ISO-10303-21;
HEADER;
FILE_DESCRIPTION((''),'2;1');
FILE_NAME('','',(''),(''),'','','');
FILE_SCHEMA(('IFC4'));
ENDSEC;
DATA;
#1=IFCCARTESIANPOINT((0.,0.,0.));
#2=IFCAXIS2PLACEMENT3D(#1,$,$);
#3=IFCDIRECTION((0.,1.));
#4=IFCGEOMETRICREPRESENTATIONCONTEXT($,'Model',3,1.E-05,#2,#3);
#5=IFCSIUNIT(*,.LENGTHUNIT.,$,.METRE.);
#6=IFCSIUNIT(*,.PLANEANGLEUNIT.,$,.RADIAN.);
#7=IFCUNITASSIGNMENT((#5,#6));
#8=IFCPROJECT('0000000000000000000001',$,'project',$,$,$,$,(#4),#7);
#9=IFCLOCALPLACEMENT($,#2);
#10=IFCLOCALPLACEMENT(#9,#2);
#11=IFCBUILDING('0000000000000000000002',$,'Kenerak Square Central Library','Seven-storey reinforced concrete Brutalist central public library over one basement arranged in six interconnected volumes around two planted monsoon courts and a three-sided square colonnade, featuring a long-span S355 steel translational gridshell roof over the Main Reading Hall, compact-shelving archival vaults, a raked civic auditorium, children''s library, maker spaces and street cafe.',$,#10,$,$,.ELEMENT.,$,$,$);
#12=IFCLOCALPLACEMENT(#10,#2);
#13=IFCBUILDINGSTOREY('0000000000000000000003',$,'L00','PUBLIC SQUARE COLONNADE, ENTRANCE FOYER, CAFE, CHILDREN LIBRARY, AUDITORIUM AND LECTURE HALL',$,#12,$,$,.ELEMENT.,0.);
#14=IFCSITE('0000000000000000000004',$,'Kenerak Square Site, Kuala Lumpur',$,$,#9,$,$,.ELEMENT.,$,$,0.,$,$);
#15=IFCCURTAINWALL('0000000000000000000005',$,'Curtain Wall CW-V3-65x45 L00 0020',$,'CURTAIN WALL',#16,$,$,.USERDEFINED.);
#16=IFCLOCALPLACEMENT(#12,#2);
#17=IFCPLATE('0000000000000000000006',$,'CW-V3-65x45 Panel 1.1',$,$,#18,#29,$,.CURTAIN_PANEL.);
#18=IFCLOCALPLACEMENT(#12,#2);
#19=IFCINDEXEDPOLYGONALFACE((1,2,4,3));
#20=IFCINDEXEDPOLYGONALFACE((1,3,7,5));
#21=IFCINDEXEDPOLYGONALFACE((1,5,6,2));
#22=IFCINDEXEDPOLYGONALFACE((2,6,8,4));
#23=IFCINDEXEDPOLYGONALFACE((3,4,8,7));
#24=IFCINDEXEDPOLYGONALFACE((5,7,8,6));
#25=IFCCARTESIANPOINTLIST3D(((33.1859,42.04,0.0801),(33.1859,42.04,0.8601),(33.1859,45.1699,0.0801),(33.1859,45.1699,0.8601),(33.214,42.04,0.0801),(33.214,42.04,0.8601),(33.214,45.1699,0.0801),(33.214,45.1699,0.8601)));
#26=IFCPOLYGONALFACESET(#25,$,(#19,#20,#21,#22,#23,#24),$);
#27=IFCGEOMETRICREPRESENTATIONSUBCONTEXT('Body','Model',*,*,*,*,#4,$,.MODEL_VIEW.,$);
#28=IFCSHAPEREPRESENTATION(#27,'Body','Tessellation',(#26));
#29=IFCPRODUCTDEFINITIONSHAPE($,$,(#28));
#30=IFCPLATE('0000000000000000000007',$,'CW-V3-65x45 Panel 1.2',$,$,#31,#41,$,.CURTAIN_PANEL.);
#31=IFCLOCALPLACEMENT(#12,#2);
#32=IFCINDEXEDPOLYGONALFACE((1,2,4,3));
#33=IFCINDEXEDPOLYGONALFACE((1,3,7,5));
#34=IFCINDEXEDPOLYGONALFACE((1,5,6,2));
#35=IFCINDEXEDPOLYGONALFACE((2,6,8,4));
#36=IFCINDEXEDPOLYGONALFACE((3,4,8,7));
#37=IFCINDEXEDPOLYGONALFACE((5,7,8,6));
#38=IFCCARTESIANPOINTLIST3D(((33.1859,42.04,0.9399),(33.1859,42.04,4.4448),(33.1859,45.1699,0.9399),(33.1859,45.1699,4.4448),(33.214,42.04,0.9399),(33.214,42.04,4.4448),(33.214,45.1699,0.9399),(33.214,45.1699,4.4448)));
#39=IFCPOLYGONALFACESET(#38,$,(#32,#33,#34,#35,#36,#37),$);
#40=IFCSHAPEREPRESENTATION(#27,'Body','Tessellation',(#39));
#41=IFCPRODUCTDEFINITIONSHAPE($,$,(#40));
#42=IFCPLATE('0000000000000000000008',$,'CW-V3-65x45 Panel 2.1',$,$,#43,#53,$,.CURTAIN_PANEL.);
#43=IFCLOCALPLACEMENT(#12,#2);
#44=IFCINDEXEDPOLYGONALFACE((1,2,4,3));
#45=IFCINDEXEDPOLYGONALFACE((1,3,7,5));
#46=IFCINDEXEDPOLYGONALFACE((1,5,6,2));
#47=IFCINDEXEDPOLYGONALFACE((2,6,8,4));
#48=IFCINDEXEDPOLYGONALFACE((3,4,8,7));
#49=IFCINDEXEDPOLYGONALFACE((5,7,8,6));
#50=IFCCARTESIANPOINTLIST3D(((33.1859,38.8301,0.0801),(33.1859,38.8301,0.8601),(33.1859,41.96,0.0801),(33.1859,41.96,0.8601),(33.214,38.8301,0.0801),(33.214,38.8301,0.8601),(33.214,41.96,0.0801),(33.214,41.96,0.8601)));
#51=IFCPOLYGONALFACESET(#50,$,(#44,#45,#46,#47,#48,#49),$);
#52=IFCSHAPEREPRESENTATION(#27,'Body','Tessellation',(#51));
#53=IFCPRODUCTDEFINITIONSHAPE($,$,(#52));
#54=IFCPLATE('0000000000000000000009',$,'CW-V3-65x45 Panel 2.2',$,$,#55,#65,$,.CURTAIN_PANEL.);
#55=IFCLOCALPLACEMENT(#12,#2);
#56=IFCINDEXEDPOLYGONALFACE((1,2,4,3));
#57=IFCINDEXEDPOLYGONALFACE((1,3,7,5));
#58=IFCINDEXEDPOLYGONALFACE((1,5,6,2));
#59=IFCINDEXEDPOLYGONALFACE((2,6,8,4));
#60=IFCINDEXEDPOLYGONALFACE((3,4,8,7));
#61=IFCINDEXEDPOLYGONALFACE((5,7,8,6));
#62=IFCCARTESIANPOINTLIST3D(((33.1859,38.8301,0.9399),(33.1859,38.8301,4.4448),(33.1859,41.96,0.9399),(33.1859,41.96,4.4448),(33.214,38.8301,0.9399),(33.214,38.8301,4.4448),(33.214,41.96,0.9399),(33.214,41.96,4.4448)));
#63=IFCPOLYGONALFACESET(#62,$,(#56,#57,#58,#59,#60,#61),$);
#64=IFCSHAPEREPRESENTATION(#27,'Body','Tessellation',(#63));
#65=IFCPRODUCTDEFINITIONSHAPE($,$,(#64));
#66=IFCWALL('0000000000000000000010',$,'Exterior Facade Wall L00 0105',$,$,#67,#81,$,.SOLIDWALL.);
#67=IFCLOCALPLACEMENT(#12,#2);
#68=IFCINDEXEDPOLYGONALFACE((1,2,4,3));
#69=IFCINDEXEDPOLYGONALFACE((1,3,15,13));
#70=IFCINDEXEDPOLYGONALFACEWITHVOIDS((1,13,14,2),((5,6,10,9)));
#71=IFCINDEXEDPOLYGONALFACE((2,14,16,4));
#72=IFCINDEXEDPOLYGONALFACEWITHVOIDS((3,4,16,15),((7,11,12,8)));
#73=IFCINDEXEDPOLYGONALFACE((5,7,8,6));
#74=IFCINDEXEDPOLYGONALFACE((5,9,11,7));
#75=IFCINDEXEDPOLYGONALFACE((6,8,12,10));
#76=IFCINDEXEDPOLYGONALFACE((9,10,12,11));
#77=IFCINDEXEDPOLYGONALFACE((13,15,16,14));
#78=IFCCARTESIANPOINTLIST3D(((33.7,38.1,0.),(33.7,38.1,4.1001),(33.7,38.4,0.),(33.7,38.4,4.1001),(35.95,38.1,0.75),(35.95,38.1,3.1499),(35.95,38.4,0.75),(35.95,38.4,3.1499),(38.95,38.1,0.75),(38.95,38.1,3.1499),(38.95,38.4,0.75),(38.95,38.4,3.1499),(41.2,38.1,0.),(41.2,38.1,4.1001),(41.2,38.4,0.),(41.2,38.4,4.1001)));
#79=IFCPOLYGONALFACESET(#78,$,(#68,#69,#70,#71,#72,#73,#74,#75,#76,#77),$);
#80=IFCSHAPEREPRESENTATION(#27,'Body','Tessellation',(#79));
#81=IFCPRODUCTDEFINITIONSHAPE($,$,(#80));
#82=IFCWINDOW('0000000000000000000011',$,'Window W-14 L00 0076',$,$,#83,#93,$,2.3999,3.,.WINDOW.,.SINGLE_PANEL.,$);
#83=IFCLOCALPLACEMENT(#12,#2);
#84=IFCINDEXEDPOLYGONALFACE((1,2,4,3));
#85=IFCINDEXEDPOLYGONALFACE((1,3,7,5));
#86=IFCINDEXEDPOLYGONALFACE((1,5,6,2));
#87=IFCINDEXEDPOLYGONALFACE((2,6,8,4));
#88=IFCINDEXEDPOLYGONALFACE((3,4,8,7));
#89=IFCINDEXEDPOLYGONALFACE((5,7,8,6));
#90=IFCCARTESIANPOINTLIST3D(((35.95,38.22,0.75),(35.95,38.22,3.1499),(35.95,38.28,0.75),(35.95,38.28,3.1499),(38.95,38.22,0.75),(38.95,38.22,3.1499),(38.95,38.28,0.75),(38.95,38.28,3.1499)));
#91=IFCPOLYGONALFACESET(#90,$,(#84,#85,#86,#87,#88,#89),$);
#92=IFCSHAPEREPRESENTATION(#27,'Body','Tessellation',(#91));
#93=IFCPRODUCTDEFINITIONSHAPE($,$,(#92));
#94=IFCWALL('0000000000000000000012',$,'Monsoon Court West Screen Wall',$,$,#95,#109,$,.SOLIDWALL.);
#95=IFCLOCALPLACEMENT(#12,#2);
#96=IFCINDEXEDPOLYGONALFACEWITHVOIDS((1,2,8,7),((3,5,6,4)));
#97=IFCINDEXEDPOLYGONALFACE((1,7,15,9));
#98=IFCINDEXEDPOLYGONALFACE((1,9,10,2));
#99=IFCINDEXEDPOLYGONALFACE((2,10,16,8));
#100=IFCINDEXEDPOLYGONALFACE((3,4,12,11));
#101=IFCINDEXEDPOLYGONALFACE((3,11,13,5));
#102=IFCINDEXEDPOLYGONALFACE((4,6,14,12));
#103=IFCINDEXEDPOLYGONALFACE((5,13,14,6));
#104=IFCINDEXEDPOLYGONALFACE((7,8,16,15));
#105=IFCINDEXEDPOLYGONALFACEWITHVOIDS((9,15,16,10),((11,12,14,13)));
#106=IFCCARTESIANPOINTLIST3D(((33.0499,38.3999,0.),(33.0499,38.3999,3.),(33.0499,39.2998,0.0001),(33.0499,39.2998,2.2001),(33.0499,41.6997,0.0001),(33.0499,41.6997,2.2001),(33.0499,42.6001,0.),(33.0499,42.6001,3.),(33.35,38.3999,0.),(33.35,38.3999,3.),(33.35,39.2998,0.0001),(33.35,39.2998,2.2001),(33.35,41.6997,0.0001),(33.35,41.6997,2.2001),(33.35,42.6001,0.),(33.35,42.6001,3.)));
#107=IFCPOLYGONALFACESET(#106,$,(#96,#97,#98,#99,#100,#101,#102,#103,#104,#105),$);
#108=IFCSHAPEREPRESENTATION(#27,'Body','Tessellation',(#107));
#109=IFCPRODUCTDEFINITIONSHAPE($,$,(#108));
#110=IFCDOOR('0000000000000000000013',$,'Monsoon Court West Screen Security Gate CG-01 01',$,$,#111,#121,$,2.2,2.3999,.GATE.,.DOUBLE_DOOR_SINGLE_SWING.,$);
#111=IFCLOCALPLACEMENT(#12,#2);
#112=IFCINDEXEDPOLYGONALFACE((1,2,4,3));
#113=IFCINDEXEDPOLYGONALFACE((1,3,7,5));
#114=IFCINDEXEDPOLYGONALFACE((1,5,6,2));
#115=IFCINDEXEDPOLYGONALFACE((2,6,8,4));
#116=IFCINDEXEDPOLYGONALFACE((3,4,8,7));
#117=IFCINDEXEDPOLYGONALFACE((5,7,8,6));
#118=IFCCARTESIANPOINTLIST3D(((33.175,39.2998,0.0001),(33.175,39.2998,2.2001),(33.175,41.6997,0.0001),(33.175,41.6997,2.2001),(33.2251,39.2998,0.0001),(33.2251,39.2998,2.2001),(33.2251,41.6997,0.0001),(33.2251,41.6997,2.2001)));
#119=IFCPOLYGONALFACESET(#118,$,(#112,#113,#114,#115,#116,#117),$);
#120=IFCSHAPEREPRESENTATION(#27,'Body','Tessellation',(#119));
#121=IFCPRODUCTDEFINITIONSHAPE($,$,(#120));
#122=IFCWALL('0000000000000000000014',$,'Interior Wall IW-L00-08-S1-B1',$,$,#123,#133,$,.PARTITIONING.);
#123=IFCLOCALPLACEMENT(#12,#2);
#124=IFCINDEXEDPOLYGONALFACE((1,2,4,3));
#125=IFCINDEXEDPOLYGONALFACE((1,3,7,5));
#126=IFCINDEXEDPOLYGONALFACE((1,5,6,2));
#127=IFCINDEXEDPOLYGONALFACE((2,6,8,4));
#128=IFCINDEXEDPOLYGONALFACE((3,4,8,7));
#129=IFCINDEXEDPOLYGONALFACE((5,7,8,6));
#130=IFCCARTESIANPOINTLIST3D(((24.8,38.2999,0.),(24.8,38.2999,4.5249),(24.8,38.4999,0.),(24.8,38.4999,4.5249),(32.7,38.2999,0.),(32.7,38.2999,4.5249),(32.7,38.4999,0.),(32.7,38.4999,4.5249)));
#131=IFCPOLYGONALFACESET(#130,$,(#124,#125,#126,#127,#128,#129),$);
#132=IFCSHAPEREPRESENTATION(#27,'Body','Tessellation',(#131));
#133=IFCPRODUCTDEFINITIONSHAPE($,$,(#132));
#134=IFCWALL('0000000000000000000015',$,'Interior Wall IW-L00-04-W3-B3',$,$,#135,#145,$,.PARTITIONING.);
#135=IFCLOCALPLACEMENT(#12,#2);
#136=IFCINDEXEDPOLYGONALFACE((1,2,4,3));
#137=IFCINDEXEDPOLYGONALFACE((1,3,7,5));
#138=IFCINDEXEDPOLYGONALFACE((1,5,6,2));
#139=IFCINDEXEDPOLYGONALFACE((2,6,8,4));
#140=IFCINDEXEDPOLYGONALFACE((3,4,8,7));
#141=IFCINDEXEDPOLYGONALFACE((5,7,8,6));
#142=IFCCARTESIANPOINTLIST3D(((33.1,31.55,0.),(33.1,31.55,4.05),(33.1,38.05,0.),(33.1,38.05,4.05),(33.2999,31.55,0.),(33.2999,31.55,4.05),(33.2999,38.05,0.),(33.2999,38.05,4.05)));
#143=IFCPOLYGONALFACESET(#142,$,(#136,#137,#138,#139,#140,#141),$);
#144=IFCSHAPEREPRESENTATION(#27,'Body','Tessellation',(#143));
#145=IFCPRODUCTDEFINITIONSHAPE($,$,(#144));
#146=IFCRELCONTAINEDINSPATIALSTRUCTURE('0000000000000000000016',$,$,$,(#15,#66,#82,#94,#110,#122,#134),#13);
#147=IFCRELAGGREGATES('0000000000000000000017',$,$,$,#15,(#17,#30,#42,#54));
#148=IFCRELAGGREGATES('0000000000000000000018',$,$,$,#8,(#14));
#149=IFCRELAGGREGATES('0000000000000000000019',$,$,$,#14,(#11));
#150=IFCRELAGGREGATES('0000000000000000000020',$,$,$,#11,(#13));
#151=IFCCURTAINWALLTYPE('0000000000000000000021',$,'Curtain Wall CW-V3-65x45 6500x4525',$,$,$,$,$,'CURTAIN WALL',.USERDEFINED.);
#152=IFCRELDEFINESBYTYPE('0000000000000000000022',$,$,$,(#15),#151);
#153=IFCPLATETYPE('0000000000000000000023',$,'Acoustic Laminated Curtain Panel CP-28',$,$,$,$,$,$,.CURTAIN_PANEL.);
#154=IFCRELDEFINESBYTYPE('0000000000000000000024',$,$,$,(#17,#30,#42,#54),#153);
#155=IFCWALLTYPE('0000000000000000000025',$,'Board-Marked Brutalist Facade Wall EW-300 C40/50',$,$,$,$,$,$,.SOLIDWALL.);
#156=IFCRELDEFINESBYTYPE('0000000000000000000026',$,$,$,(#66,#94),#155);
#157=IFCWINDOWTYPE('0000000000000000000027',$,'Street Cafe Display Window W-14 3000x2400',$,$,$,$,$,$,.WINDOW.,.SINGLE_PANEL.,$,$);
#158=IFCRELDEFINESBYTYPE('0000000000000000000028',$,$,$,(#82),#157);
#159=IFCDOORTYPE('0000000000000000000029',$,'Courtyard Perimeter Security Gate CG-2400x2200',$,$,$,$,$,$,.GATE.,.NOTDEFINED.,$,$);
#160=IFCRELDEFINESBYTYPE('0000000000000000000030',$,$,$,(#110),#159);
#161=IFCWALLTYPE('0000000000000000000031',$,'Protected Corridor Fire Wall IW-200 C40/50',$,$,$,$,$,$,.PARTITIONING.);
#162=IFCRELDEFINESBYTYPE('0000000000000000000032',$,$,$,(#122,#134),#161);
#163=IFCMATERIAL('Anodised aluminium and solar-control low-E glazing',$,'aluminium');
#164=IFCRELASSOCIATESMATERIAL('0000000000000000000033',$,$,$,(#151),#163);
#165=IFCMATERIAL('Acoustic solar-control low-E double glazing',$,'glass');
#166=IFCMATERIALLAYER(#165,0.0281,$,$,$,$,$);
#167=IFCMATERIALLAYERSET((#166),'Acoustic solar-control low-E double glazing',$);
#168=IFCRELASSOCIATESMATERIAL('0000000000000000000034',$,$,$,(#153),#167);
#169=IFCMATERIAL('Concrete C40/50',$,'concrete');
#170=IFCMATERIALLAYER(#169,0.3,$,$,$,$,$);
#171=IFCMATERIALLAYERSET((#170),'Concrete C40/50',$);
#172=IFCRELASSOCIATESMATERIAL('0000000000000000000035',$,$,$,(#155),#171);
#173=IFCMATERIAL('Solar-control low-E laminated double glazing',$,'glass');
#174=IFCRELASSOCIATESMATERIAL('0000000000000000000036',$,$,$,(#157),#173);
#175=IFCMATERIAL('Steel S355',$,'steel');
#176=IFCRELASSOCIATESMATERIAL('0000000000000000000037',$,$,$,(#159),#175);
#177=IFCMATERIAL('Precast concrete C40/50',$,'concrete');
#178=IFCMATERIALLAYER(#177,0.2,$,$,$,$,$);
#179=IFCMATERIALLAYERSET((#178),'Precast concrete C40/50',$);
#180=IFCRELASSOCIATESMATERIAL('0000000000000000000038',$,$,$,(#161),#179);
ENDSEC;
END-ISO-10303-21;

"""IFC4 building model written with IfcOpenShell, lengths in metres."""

from ifc_helpers import new_model, si_unit, direction, frame, frame_2d, origin, origin_2d, place, context, subcontext, project, spatial, rectangle, extrude, material, layer, layer_set, type_object, element, fill, aggregate, save


model = new_model("IFC4")

# Units and contexts
model_context = context("Model", 3, precision=1e-05, world=origin(), true_north=direction((0.0, 1.0)))
body_context = subcontext(model_context, "Body", "Model", "MODEL_VIEW")
ifc_project = project(units=[si_unit("LENGTHUNIT", "METRE"), si_unit("PLANEANGLEUNIT", "RADIAN")], contexts=[model_context])

# Site, building, storey
site_placement = place(None, origin())
site = spatial("IfcSite", under=ifc_project, at=site_placement, Name="Kenerak Square Site, Kuala Lumpur", CompositionType="ELEMENT", RefElevation=0.0)
building_placement = place(site_placement, origin())
building = spatial("IfcBuilding", under=site, at=building_placement, Name="Kenerak Square Central Library", Description="Seven-storey reinforced concrete Brutalist central public library over one basement arranged in six interconnected volumes around two planted monsoon courts and a three-sided square colonnade, featuring a long-span S355 steel translational gridshell roof over the Main Reading Hall, compact-shelving archival vaults, a raked civic auditorium, children's library, maker spaces and street cafe.", CompositionType="ELEMENT")
storey_placement = place(building_placement, origin())
storey = spatial("IfcBuildingStorey", under=building, at=storey_placement, Name="L00", Description="PUBLIC SQUARE COLONNADE, ENTRANCE FOYER, CAFE, CHILDREN LIBRARY, AUDITORIUM AND LECTURE HALL", CompositionType="ELEMENT", Elevation=0.0)

# Shared definitions
ifc_material_1 = material(Name="Concrete C40/50", Category="concrete")

# Curtain wall
ifc_material_2 = material(Name="Anodised aluminium and solar-control low-E glazing", Category="aluminium")
curtain_wall_type = type_object("IfcCurtainWallType", Name="Curtain Wall CW-V3-65x45 6500x4525", ElementType="CURTAIN WALL", PredefinedType="USERDEFINED", material=ifc_material_2)
curtain_wall_placement = place(storey_placement, origin())
curtain_wall = element("IfcCurtainWall", 1, at=curtain_wall_placement, inside=storey, type_object=curtain_wall_type, Name="Curtain Wall CW-V3-65x45 L00 0020", ObjectType="CURTAIN WALL", PredefinedType="USERDEFINED")

# Plates
ifc_material_3 = material(Name="Acoustic solar-control low-E double glazing", Category="glass")
ifc_layer_1 = layer(ifc_material_3, 0.0281)
ifc_layer_set_1 = layer_set([ifc_layer_1], Name="Acoustic solar-control low-E double glazing")
plate_type = type_object("IfcPlateType", Name="Acoustic Laminated Curtain Panel CP-28", PredefinedType="CURTAIN_PANEL", material=ifc_layer_set_1)
plate_1_placement = place(storey_placement, frame((33.2, 43.605, 0.0801), z_axis=(0.0, 0.0, 1.0), x_axis=(0.0, -1.0, 0.0)))
plate_1 = element("IfcPlate", 2, at=plate_1_placement, type_object=plate_type, Name="CW-V3-65x45 Panel 1.1", PredefinedType="CURTAIN_PANEL", context=body_context, shape_type="SweptSolid", body=[
    extrude(rectangle(XDim=3.1299, YDim=0.0281, at=origin_2d()), origin(), (0.0, 0.0, 1.0), 0.78),
])
plate_2_placement = place(storey_placement, frame((33.2, 43.605, 0.9399), z_axis=(0.0, 0.0, 1.0), x_axis=(0.0, -1.0, 0.0)))
plate_2 = element("IfcPlate", 3, at=plate_2_placement, type_object=plate_type, Name="CW-V3-65x45 Panel 1.2", PredefinedType="CURTAIN_PANEL", context=body_context, shape_type="SweptSolid", body=[
    extrude(rectangle(XDim=3.1299, YDim=0.0281, at=origin_2d()), origin(), (0.0, 0.0, 1.0), 3.5049),
])
plate_3_placement = place(storey_placement, frame((33.2, 40.395, 0.0801), z_axis=(0.0, 0.0, 1.0), x_axis=(0.0, -1.0, 0.0)))
plate_3 = element("IfcPlate", 4, at=plate_3_placement, type_object=plate_type, Name="CW-V3-65x45 Panel 2.1", PredefinedType="CURTAIN_PANEL", context=body_context, shape_type="SweptSolid", body=[
    extrude(rectangle(XDim=3.1299, YDim=0.0281, at=origin_2d()), origin(), (0.0, 0.0, 1.0), 0.78),
])
plate_4_placement = place(storey_placement, frame((33.2, 40.395, 0.9399), z_axis=(0.0, 0.0, 1.0), x_axis=(0.0, -1.0, 0.0)))
plate_4 = element("IfcPlate", 5, at=plate_4_placement, type_object=plate_type, Name="CW-V3-65x45 Panel 2.2", PredefinedType="CURTAIN_PANEL", context=body_context, shape_type="SweptSolid", body=[
    extrude(rectangle(XDim=3.1299, YDim=0.0281, at=origin_2d()), origin(), (0.0, 0.0, 1.0), 3.5049),
])
aggregate(curtain_wall, [plate_1, plate_2, plate_3, plate_4])

# Wall, opening, window
ifc_layer_2 = layer(ifc_material_1, 0.3)
ifc_layer_set_2 = layer_set([ifc_layer_2], Name="Concrete C40/50")
wall_type_1 = type_object("IfcWallType", Name="Board-Marked Brutalist Facade Wall EW-300 C40/50", PredefinedType="SOLIDWALL", material=ifc_layer_set_2)
wall_1_placement = place(storey_placement, frame((33.7, 38.25, 0.0), z_axis=(0.0, 0.0, 1.0), x_axis=(1.0, 0.0, 0.0)))
wall_1 = element("IfcWall", 6, at=wall_1_placement, inside=storey, type_object=wall_type_1, Name="Exterior Facade Wall L00 0105", PredefinedType="SOLIDWALL", context=body_context, shape_type="SweptSolid", body=[
    extrude(rectangle(XDim=7.5, YDim=0.3, at=frame_2d((3.75, 0.0))), origin(), (0.0, 0.0, 1.0), 4.1001),
])
opening_1_placement = place(wall_1_placement, frame((2.25, 0.0, 0.75)))
opening_1 = element("IfcOpeningElement", 7, at=opening_1_placement, cuts=wall_1, PredefinedType="OPENING", context=body_context, shape_type="SweptSolid", body=[
    extrude(rectangle(XDim=3.0, YDim=2.3999, at=frame_2d((1.5, 1.2))), frame((0.0, 0.1599, 0.0), z_axis=(0.0, -1.0, 0.0), x_axis=(1.0, 0.0, 0.0)), (0.0, 0.0, 1.0), 0.3201),
])
ifc_material_4 = material(Name="Solar-control low-E laminated double glazing", Category="glass")
window_type = type_object("IfcWindowType", Name="Street Cafe Display Window W-14 3000x2400", PartitioningType="SINGLE_PANEL", PredefinedType="WINDOW", material=ifc_material_4)
window_placement = place(opening_1_placement, origin())
window = element("IfcWindow", 8, at=window_placement, inside=storey, type_object=window_type, Name="Window W-14 L00 0076", OverallHeight=2.3999, OverallWidth=3.0, PartitioningType="SINGLE_PANEL", PredefinedType="WINDOW", context=body_context, shape_type="SweptSolid", body=[
    extrude(rectangle(XDim=3.0, YDim=2.3999, at=frame_2d((1.5, 1.2))), frame((0.0, 0.03, 0.0), z_axis=(0.0, -1.0, 0.0), x_axis=(1.0, 0.0, 0.0)), (0.0, 0.0, 1.0), 0.0601),
])
fill(opening_1, window)

# Wall, opening, door
wall_2_placement = place(storey_placement, frame((33.2, 38.3999, 0.0), z_axis=(0.0, 0.0, 1.0), x_axis=(0.0, 1.0, 0.0)))
wall_2 = element("IfcWall", 9, at=wall_2_placement, inside=storey, type_object=wall_type_1, Name="Monsoon Court West Screen Wall", PredefinedType="SOLIDWALL", context=body_context, shape_type="SweptSolid", body=[
    extrude(rectangle(XDim=4.2002, YDim=0.3, at=frame_2d((2.1001, 0.0))), origin(), (0.0, 0.0, 1.0), 3.0),
])
opening_2_placement = place(wall_2_placement, frame((0.8999, 0.0, 0.0)))
opening_2 = element("IfcOpeningElement", 10, at=opening_2_placement, cuts=wall_2, PredefinedType="OPENING", context=body_context, shape_type="SweptSolid", body=[
    extrude(rectangle(XDim=2.3999, YDim=2.2, at=frame_2d((1.2, 1.1001))), frame((0.0, 0.1599, 0.0), z_axis=(0.0, -1.0, 0.0), x_axis=(1.0, 0.0, 0.0)), (0.0, 0.0, 1.0), 0.3201),
])
ifc_material_5 = material(Name="Steel S355", Category="steel")
door_type = type_object("IfcDoorType", Name="Courtyard Perimeter Security Gate CG-2400x2200", OperationType="NOTDEFINED", PredefinedType="GATE", material=ifc_material_5)
door_placement = place(opening_2_placement, origin())
door = element("IfcDoor", 11, at=door_placement, inside=storey, type_object=door_type, Name="Monsoon Court West Screen Security Gate CG-01 01", OperationType="DOUBLE_DOOR_SINGLE_SWING", OverallHeight=2.2, OverallWidth=2.3999, PredefinedType="GATE", context=body_context, shape_type="SweptSolid", body=[
    extrude(rectangle(XDim=2.3999, YDim=2.2, at=frame_2d((1.2, 1.1001))), frame((0.0, 0.0249, 0.0), z_axis=(0.0, -1.0, 0.0), x_axis=(1.0, 0.0, 0.0)), (0.0, 0.0, 1.0), 0.05),
])
fill(opening_2, door)

# Walls
ifc_material_6 = material(Name="Precast concrete C40/50", Category="concrete")
ifc_layer_3 = layer(ifc_material_6, 0.2)
ifc_layer_set_3 = layer_set([ifc_layer_3], Name="Precast concrete C40/50")
wall_type_2 = type_object("IfcWallType", Name="Protected Corridor Fire Wall IW-200 C40/50", PredefinedType="PARTITIONING", material=ifc_layer_set_3)
wall_3_placement = place(storey_placement, frame((32.7, 38.3999, 0.0), z_axis=(0.0, 0.0, 1.0), x_axis=(-1.0, 0.0, 0.0)))
element("IfcWall", 12, at=wall_3_placement, inside=storey, type_object=wall_type_2, Name="Interior Wall IW-L00-08-S1-B1", PredefinedType="PARTITIONING", context=body_context, shape_type="SweptSolid", body=[
    extrude(rectangle(XDim=7.8999, YDim=0.2, at=frame_2d((3.95, 0.0))), origin(), (0.0, 0.0, 1.0), 4.5249),
])
wall_4_placement = place(storey_placement, frame((33.2, 31.55, 0.0), z_axis=(0.0, 0.0, 1.0), x_axis=(0.0, 1.0, 0.0)))
element("IfcWall", 13, at=wall_4_placement, inside=storey, type_object=wall_type_2, Name="Interior Wall IW-L00-04-W3-B3", PredefinedType="PARTITIONING", context=body_context, shape_type="SweptSolid", body=[
    extrude(rectangle(XDim=6.5, YDim=0.2, at=frame_2d((3.25, 0.0))), origin(), (0.0, 0.0, 1.0), 4.05),
])

save(model, "model.ifc")
